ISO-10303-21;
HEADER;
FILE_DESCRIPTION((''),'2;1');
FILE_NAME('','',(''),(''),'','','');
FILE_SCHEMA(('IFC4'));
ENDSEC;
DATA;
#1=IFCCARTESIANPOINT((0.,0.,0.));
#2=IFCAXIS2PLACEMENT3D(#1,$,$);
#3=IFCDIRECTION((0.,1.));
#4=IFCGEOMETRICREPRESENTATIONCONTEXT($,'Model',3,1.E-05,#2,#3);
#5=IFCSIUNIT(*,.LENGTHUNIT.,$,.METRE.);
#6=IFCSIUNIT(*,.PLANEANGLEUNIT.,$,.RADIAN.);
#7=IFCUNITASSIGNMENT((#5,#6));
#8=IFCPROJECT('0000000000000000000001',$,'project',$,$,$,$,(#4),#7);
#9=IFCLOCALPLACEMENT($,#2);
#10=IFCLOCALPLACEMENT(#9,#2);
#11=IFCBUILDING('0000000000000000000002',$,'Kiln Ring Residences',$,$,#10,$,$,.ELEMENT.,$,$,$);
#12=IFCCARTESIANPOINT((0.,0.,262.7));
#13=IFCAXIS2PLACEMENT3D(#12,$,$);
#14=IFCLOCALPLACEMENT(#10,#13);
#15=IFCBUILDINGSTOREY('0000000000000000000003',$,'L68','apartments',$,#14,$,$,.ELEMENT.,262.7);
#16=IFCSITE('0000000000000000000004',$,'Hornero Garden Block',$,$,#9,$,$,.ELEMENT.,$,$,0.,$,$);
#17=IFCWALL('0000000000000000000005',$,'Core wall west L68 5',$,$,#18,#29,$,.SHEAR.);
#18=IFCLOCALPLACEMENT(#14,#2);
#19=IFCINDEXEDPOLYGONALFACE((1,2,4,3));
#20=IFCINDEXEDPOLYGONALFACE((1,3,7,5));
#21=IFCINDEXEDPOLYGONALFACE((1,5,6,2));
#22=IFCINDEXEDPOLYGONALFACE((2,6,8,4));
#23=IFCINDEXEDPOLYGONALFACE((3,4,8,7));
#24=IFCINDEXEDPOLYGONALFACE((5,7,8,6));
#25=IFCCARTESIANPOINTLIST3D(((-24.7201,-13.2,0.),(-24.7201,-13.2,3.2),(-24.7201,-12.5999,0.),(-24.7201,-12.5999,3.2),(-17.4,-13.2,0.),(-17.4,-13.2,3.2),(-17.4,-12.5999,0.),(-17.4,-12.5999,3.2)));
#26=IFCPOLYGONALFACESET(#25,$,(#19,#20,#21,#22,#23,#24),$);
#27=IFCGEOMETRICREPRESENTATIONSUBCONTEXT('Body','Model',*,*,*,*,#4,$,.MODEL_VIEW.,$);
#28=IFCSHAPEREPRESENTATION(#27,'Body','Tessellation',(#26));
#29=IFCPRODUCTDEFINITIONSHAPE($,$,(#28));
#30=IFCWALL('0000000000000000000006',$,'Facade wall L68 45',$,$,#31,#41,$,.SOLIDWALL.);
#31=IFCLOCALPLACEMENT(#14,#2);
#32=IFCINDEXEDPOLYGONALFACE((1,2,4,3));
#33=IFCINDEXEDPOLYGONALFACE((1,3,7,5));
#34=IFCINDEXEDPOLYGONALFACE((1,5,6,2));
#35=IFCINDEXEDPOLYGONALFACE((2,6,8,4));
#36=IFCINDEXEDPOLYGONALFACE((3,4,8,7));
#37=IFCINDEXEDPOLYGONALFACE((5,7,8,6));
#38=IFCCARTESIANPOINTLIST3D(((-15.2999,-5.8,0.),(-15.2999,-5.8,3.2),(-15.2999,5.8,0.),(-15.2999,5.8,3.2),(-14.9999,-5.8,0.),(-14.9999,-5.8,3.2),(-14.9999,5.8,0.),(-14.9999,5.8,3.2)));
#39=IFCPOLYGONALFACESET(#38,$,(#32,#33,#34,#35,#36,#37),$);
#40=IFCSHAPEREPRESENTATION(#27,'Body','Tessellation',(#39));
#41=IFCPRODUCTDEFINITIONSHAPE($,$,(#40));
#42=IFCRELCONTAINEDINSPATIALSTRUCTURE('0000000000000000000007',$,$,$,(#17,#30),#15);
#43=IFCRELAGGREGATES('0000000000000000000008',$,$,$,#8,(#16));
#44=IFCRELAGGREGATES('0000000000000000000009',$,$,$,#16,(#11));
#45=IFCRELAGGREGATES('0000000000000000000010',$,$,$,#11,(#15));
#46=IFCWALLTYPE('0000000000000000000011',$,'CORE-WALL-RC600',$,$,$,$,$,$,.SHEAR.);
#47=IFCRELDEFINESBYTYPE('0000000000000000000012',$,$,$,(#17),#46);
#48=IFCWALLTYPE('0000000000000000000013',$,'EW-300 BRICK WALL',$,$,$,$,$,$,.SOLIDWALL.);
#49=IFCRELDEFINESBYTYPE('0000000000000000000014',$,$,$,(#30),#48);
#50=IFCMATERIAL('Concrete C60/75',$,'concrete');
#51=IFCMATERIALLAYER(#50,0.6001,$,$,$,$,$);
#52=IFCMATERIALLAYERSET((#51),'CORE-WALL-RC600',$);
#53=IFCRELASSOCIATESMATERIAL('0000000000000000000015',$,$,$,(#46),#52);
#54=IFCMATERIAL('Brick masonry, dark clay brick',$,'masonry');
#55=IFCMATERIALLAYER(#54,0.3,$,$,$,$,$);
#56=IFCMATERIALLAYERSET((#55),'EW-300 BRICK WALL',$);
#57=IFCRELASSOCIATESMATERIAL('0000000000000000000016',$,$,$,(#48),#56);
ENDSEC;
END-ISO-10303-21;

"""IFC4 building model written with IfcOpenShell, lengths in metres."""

from ifc_helpers import new_model, si_unit, direction, frame, frame_2d, origin, place, context, subcontext, project, spatial, rectangle, extrude, material, layer, layer_set, type_object, element, save


model = new_model("IFC4")

# Units and contexts
model_context = context("Model", 3, precision=1e-05, world=origin(), true_north=direction((0.0, 1.0)))
body_context = subcontext(model_context, "Body", "Model", "MODEL_VIEW")
ifc_project = project(units=[si_unit("LENGTHUNIT", "METRE"), si_unit("PLANEANGLEUNIT", "RADIAN")], contexts=[model_context])

# Site, building, storey
site_placement = place(None, origin())
site = spatial("IfcSite", under=ifc_project, at=site_placement, Name="Hornero Garden Block", CompositionType="ELEMENT", RefElevation=0.0)
building_placement = place(site_placement, origin())
building = spatial("IfcBuilding", under=site, at=building_placement, Name="Kiln Ring Residences", CompositionType="ELEMENT")
storey_placement = place(building_placement, frame((0.0, 0.0, 262.7)))
storey = spatial("IfcBuildingStorey", under=building, at=storey_placement, Name="L68", Description="apartments", CompositionType="ELEMENT", Elevation=262.7)

# Walls
ifc_material_1 = material(Name="Concrete C60/75", Category="concrete")
ifc_layer_1 = layer(ifc_material_1, 0.6001)
ifc_layer_set_1 = layer_set([ifc_layer_1], Name="CORE-WALL-RC600")
wall_type_1 = type_object("IfcWallType", Name="CORE-WALL-RC600", PredefinedType="SHEAR", material=ifc_layer_set_1)
wall_1_placement = place(storey_placement, frame((-17.3999, -12.8999, 0.0), z_axis=(0.0, 0.0, 1.0), x_axis=(-1.0, 0.0, 0.0)))
element("IfcWall", 1, at=wall_1_placement, inside=storey, type_object=wall_type_1, Name="Core wall west L68 5", PredefinedType="SHEAR", context=body_context, shape_type="SweptSolid", body=[
    extrude(rectangle(XDim=7.3201, YDim=0.6001, at=frame_2d((3.6602, 0.0))), origin(), (0.0, 0.0, 1.0), 3.2),
])
ifc_material_2 = material(Name="Brick masonry, dark clay brick", Category="masonry")
ifc_layer_2 = layer(ifc_material_2, 0.3)
ifc_layer_set_2 = layer_set([ifc_layer_2], Name="EW-300 BRICK WALL")
wall_type_2 = type_object("IfcWallType", Name="EW-300 BRICK WALL", PredefinedType="SOLIDWALL", material=ifc_layer_set_2)
wall_2_placement = place(storey_placement, frame((-15.1499, -5.8, 0.0), z_axis=(0.0, 0.0, 1.0), x_axis=(0.0, 1.0, 0.0)))
element("IfcWall", 2, at=wall_2_placement, inside=storey, type_object=wall_type_2, Name="Facade wall L68 45", PredefinedType="SOLIDWALL", context=body_context, shape_type="SweptSolid", body=[
    extrude(rectangle(XDim=11.6001, YDim=0.3, at=frame_2d((5.8, 0.0))), origin(), (0.0, 0.0, 1.0), 3.2),
])

save(model, "model.ifc")
